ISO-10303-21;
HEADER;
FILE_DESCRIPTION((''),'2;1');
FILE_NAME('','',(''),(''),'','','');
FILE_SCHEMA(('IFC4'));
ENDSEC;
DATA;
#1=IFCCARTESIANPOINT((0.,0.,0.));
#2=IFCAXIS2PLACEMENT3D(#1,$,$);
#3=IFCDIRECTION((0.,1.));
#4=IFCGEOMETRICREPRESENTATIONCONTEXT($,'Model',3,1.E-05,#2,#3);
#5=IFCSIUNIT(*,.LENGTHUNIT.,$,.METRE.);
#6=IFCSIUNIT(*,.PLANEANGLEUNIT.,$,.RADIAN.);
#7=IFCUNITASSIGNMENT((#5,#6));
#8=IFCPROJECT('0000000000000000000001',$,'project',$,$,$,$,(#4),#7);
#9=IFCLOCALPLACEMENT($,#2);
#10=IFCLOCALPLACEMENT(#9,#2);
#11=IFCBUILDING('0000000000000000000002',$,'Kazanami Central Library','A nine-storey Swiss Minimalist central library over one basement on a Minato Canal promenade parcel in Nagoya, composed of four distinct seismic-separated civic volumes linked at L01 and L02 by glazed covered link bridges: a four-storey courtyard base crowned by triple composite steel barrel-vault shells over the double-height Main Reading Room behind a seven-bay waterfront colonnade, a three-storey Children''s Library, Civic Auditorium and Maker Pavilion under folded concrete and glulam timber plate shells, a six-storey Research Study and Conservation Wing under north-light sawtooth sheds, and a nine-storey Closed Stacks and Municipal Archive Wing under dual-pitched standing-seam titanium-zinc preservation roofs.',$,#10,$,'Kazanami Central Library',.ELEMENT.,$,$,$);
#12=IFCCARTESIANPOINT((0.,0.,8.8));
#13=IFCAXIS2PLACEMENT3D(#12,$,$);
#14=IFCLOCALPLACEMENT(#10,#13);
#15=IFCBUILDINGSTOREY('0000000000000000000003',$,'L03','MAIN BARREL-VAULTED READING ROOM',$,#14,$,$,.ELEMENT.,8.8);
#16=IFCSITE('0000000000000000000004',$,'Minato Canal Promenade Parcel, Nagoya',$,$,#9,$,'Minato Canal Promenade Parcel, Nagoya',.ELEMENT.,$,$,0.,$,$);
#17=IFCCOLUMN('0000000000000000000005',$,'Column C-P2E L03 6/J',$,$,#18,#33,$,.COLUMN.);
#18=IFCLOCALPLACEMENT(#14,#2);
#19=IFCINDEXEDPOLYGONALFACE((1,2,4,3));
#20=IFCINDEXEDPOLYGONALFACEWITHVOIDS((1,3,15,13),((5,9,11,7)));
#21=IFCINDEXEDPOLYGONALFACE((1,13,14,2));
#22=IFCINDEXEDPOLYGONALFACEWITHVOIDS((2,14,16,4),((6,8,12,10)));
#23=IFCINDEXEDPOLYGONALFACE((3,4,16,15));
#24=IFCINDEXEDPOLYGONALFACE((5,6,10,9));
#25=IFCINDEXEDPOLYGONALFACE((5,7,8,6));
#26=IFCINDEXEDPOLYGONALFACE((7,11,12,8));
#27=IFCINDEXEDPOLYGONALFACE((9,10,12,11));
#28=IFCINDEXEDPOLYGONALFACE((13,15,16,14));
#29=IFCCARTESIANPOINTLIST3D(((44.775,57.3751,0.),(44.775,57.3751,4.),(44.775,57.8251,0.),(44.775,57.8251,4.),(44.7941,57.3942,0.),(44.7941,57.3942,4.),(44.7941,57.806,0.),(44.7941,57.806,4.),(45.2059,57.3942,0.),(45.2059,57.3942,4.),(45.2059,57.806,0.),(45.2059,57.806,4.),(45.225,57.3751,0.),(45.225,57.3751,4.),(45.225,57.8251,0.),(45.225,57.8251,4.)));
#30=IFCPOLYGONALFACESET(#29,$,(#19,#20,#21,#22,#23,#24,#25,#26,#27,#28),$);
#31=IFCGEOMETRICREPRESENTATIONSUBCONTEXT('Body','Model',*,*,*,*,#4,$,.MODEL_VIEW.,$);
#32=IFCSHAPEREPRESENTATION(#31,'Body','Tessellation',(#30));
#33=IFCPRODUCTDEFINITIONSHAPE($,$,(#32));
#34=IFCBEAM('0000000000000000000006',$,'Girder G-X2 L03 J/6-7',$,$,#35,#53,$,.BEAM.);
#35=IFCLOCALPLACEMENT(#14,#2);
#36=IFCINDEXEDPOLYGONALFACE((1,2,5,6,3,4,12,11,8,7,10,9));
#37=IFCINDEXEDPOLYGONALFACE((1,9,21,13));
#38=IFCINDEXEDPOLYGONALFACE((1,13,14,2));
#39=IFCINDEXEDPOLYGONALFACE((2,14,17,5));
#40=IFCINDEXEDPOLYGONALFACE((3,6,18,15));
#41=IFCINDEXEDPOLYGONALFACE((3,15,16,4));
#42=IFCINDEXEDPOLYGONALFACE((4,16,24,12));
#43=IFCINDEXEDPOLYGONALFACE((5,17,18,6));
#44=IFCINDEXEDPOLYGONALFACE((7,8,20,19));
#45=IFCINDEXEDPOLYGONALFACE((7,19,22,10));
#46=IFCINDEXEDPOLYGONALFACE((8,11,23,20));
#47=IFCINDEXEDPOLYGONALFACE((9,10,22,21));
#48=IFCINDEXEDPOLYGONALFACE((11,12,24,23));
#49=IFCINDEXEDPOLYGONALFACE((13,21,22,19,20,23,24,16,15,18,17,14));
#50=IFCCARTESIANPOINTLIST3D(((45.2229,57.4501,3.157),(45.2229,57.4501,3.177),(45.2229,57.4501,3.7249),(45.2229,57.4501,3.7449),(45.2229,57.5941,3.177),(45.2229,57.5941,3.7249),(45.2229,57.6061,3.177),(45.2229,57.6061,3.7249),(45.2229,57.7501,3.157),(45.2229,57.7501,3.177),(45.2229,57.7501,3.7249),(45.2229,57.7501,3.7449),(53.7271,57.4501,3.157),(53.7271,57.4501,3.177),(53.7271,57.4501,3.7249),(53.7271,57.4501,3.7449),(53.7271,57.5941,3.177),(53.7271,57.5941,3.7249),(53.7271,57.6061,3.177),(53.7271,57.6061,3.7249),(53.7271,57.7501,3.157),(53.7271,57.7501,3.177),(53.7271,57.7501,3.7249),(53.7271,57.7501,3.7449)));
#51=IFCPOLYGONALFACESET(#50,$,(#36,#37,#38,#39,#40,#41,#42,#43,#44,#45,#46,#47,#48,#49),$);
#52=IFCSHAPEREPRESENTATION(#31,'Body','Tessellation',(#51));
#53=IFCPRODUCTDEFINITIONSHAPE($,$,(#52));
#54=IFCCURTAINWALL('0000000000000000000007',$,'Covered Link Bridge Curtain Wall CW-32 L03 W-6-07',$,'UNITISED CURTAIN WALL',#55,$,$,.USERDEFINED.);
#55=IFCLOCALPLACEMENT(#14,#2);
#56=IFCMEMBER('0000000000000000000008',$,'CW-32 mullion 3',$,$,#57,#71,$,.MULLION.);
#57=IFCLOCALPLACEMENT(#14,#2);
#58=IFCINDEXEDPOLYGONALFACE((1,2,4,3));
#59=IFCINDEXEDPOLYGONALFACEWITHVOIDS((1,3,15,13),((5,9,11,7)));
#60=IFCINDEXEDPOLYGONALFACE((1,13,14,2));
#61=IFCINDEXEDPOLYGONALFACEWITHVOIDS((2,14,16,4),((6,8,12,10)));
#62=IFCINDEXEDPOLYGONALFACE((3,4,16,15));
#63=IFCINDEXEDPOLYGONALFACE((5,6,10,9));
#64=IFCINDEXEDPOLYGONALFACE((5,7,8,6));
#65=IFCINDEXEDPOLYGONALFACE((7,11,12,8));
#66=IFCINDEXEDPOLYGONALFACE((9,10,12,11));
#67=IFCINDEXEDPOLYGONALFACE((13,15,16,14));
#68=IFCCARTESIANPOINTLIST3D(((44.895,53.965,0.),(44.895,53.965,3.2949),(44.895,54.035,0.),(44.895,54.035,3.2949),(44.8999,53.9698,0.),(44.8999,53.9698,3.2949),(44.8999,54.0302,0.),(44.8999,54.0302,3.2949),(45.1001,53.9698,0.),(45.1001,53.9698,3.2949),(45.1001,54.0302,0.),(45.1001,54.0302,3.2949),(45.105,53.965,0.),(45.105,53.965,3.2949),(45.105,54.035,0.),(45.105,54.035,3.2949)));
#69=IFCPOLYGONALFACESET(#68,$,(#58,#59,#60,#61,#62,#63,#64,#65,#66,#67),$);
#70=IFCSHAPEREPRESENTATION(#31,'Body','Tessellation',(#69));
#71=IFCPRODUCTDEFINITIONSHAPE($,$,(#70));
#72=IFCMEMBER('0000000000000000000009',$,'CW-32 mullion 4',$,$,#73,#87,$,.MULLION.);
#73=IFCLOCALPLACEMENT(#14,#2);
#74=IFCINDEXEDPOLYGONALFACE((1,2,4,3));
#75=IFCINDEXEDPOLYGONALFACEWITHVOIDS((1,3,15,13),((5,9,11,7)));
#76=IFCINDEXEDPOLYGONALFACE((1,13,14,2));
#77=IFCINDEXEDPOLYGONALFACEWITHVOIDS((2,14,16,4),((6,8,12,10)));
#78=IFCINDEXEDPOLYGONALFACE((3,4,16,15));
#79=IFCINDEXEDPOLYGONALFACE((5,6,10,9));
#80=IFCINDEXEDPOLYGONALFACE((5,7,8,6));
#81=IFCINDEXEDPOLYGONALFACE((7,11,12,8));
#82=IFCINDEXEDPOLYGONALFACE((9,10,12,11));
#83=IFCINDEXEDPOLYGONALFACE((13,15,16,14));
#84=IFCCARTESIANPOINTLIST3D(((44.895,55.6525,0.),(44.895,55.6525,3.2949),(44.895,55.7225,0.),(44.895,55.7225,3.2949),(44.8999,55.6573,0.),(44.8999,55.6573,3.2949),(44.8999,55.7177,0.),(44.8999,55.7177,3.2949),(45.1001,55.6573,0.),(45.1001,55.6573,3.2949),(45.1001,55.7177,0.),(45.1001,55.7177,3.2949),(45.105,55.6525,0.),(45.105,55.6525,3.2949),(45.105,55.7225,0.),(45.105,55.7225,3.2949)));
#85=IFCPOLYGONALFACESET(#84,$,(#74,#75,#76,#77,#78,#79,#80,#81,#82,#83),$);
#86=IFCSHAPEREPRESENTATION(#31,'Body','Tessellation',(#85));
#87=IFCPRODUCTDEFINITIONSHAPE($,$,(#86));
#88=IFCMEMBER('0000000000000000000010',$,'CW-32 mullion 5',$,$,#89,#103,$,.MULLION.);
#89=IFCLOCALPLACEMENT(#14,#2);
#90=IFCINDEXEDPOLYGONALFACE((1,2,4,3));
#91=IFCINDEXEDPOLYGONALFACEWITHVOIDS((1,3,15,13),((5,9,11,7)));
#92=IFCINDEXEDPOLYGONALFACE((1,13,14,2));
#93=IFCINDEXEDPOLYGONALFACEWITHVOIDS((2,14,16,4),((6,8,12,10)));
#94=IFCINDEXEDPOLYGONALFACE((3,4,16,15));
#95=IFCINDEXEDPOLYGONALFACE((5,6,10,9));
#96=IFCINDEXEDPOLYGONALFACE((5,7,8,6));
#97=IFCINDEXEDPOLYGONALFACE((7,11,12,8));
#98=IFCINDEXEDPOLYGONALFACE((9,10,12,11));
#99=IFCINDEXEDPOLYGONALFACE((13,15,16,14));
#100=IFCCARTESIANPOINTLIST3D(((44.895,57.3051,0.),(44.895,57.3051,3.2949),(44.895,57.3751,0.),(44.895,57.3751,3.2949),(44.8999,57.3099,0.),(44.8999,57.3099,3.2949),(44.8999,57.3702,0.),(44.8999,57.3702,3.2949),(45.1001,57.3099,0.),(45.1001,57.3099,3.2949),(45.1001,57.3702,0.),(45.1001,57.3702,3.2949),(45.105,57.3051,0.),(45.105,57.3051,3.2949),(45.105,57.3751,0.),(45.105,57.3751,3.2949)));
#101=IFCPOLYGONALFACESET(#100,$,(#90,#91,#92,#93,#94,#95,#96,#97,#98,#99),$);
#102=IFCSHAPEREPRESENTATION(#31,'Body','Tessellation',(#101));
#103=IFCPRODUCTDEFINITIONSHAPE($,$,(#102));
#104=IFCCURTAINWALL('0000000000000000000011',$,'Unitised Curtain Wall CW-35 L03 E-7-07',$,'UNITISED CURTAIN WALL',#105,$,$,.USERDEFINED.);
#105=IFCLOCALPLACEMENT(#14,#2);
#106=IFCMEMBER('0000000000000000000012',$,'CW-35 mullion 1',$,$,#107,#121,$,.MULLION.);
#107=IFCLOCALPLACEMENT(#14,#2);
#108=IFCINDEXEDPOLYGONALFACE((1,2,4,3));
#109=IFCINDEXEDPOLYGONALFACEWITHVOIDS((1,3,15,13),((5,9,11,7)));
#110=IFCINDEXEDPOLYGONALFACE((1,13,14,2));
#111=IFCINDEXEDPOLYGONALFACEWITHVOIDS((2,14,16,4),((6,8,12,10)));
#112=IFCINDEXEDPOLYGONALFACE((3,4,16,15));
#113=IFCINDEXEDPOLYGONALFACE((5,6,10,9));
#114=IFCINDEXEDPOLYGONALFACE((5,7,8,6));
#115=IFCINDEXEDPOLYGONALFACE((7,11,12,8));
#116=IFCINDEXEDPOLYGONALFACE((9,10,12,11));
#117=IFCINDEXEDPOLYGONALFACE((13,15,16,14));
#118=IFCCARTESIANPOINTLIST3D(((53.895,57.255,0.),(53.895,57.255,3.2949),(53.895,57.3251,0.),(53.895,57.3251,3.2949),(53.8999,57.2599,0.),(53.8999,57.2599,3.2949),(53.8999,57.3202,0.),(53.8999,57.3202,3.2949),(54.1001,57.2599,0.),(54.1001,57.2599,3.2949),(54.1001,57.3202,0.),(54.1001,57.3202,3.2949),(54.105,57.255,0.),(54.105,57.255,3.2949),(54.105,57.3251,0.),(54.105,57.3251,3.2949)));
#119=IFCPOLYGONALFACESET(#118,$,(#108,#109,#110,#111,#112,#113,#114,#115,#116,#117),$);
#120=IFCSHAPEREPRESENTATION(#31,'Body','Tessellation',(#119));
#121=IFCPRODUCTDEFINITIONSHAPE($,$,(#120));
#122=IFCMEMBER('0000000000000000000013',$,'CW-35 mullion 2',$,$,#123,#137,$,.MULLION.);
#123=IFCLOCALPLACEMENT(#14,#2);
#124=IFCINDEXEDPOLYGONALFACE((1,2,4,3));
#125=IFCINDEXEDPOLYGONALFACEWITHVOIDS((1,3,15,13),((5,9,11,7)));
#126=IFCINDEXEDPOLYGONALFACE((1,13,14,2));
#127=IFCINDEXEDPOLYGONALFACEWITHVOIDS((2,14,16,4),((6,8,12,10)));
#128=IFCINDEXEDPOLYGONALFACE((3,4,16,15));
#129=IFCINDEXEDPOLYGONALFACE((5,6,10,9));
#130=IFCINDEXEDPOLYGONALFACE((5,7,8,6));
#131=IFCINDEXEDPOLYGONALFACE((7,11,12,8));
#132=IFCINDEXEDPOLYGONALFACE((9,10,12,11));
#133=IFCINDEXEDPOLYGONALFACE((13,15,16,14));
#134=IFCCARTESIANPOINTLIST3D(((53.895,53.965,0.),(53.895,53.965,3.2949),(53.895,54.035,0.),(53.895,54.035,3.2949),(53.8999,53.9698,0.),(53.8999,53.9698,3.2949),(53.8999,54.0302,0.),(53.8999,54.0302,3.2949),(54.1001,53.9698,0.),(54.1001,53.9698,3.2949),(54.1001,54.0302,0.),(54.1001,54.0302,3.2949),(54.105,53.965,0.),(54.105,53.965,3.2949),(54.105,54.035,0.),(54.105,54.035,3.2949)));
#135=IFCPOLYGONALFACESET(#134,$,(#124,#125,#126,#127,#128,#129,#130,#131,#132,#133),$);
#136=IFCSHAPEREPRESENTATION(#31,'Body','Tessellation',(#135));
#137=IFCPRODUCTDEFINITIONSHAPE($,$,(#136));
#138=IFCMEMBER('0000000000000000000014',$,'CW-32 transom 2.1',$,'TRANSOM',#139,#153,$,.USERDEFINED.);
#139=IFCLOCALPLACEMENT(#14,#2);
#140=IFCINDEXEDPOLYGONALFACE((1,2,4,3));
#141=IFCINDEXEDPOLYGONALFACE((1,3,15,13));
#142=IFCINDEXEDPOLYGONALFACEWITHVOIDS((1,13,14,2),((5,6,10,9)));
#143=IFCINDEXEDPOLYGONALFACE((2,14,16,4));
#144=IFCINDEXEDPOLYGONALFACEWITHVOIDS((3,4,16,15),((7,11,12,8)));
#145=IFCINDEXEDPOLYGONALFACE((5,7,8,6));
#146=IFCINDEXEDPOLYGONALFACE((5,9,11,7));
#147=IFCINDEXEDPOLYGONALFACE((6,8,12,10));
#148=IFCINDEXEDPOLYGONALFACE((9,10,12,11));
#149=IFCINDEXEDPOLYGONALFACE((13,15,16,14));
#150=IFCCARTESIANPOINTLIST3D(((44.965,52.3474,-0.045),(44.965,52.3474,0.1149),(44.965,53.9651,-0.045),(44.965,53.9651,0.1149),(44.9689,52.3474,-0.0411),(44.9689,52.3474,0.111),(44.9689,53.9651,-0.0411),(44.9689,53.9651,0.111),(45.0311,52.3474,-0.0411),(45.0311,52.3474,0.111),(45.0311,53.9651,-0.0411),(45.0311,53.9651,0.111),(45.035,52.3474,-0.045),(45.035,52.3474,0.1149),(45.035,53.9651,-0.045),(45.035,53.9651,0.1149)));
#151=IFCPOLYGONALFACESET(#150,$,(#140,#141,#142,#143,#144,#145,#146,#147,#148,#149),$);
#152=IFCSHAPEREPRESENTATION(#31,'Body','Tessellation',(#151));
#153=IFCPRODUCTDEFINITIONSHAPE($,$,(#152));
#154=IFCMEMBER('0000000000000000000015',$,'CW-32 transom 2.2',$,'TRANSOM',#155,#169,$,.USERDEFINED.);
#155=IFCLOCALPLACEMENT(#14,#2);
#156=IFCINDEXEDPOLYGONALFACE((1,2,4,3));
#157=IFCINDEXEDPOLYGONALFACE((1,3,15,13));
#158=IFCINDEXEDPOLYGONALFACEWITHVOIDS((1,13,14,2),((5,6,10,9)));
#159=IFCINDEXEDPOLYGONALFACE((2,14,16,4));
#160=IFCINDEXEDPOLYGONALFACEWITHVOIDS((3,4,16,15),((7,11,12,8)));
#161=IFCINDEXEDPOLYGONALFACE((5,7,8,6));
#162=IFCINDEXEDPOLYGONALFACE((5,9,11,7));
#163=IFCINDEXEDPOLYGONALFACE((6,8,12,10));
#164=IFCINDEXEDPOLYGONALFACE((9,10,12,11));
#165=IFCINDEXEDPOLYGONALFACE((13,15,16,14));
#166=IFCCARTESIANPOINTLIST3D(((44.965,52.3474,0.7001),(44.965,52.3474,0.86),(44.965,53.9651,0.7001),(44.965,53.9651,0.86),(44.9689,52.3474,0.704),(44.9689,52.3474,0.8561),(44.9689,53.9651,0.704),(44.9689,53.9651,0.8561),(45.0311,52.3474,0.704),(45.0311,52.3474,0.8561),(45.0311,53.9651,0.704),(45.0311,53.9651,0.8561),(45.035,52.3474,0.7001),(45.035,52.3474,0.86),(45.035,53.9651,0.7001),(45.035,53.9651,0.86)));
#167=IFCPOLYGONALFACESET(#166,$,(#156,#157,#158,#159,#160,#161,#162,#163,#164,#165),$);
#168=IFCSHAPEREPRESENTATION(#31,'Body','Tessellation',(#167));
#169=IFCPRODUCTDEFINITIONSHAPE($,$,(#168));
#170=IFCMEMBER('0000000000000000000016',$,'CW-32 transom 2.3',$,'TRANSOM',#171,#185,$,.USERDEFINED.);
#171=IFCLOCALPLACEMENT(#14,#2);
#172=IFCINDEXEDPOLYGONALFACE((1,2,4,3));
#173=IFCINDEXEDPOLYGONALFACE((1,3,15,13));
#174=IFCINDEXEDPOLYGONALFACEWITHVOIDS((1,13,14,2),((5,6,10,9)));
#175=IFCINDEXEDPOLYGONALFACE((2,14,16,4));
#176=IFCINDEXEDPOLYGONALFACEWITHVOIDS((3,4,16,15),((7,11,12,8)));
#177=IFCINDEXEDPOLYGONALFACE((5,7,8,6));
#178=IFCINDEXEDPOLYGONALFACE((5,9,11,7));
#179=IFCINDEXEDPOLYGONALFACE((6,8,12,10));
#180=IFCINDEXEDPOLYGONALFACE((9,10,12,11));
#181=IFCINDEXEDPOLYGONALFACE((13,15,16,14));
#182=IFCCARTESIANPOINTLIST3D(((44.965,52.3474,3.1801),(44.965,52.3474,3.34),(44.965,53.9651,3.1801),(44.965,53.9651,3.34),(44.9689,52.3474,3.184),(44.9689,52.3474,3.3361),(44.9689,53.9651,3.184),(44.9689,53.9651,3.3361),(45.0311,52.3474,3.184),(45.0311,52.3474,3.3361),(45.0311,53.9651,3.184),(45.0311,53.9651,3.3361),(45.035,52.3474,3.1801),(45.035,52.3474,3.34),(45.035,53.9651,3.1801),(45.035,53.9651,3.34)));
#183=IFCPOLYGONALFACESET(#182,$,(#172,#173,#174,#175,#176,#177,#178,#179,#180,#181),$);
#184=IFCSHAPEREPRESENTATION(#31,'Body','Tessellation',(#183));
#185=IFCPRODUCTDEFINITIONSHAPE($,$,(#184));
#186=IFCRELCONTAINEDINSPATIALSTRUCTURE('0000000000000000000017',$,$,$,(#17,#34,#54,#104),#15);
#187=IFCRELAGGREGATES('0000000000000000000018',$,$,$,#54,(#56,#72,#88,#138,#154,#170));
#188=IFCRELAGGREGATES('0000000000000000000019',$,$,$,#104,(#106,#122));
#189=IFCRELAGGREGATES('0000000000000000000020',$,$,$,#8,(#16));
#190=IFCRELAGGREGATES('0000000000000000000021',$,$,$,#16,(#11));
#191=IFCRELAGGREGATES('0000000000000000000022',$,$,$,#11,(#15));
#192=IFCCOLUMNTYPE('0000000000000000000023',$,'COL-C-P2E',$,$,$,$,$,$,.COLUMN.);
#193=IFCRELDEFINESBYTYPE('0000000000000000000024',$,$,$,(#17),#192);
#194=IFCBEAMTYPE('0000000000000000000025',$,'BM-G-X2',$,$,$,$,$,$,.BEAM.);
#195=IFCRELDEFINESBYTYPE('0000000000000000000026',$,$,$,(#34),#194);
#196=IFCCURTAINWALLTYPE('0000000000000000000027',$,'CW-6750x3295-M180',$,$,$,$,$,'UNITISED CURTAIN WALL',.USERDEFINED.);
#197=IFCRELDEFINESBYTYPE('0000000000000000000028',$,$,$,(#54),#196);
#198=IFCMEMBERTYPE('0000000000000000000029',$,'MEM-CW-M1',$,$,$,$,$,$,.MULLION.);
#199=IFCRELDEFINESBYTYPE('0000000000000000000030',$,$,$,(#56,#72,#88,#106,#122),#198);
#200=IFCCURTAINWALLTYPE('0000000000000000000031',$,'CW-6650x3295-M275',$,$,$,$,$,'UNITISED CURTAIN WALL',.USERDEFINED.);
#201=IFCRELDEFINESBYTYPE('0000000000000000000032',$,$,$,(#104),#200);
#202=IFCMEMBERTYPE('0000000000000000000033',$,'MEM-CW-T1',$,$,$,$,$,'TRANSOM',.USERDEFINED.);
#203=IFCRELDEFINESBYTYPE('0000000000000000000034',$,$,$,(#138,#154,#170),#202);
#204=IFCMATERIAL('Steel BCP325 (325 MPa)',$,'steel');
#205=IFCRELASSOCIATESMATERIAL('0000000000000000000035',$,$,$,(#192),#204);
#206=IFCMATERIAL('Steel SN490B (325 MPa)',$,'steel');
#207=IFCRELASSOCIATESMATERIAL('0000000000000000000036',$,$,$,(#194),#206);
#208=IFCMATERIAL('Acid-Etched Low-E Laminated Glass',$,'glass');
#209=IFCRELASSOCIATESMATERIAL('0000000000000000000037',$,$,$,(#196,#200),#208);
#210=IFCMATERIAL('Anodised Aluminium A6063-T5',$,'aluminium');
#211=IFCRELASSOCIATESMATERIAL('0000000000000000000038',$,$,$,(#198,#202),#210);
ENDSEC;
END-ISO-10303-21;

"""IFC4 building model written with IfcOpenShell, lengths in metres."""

from ifc_helpers import new_model, si_unit, direction, frame, origin, origin_2d, place, context, subcontext, project, spatial, hollow_rectangle, i_section, extrude, material, material_profile, profile_set, type_object, element, aggregate, save


model = new_model("IFC4")

# Units and contexts
model_context = context("Model", 3, precision=1e-05, world=origin(), true_north=direction((0.0, 1.0)))
body_context = subcontext(model_context, "Body", "Model", "MODEL_VIEW")
ifc_project = project(units=[si_unit("LENGTHUNIT", "METRE"), si_unit("PLANEANGLEUNIT", "RADIAN")], contexts=[model_context])

# Site, building, storey
site_placement = place(None, origin())
site = spatial("IfcSite", under=ifc_project, at=site_placement, Name="Minato Canal Promenade Parcel, Nagoya", LongName="Minato Canal Promenade Parcel, Nagoya", CompositionType="ELEMENT", RefElevation=0.0)
building_placement = place(site_placement, origin())
building = spatial("IfcBuilding", under=site, at=building_placement, Name="Kazanami Central Library", Description="A nine-storey Swiss Minimalist central library over one basement on a Minato Canal promenade parcel in Nagoya, composed of four distinct seismic-separated civic volumes linked at L01 and L02 by glazed covered link bridges: a four-storey courtyard base crowned by triple composite steel barrel-vault shells over the double-height Main Reading Room behind a seven-bay waterfront colonnade, a three-storey Children's Library, Civic Auditorium and Maker Pavilion under folded concrete and glulam timber plate shells, a six-storey Research Study and Conservation Wing under north-light sawtooth sheds, and a nine-storey Closed Stacks and Municipal Archive Wing under dual-pitched standing-seam titanium-zinc preservation roofs.", LongName="Kazanami Central Library", CompositionType="ELEMENT")
storey_placement = place(building_placement, frame((0.0, 0.0, 8.8)))
storey = spatial("IfcBuildingStorey", under=building, at=storey_placement, Name="L03", Description="MAIN BARREL-VAULTED READING ROOM", CompositionType="ELEMENT", Elevation=8.8)

# Column
ifc_material_1 = material(Name="Steel BCP325 (325 MPa)", Category="steel")
ifc_material_profile_1 = material_profile(ifc_material_1, hollow_rectangle(XDim=0.45, YDim=0.45, WallThickness=0.019, at=origin_2d()), Name="BCP-450x450x19")
ifc_profile_set_1 = profile_set([ifc_material_profile_1], Name="Steel BCP325 (325 MPa)")
column_type = type_object("IfcColumnType", Name="COL-C-P2E", PredefinedType="COLUMN", material=ifc_profile_set_1)
column_placement = place(storey_placement, frame((45.0, 57.6001, 0.0), z_axis=(0.0, 0.0, 1.0), x_axis=(1.0, 0.0, 0.0)))
element("IfcColumn", 1, at=column_placement, inside=storey, type_object=column_type, Name="Column C-P2E L03 6/J", PredefinedType="COLUMN", context=body_context, shape_type="SweptSolid", body=[
    extrude(hollow_rectangle(XDim=0.45, YDim=0.45, WallThickness=0.019, at=origin_2d()), origin(), (0.0, 0.0, 1.0), 4.0),
])

# Beam
ifc_material_2 = material(Name="Steel SN490B (325 MPa)", Category="steel")
ifc_material_profile_2 = material_profile(ifc_material_2, i_section(OverallWidth=0.3, OverallDepth=0.5879, WebThickness=0.012, FlangeThickness=0.02, at=origin_2d()), Name="H-588x300x12x20")
ifc_profile_set_2 = profile_set([ifc_material_profile_2], Name="Steel SN490B (325 MPa)")
beam_type = type_object("IfcBeamType", Name="BM-G-X2", PredefinedType="BEAM", material=ifc_profile_set_2)
beam_placement = place(storey_placement, frame((45.2229, 57.6001, 3.4509), z_axis=(1.0, 0.0, 0.0), x_axis=(0.0, 1.0, 0.0)))
element("IfcBeam", 2, at=beam_placement, inside=storey, type_object=beam_type, Name="Girder G-X2 L03 J/6-7", PredefinedType="BEAM", context=body_context, shape_type="SweptSolid", body=[
    extrude(i_section(OverallWidth=0.3, OverallDepth=0.5879, WebThickness=0.012, FlangeThickness=0.02, at=origin_2d()), origin(), (0.0, 0.0, 1.0), 8.5042),
])

# Curtain walls, members
ifc_material_3 = material(Name="Acid-Etched Low-E Laminated Glass", Category="glass")
curtain_wall_type_1 = type_object("IfcCurtainWallType", Name="CW-6750x3295-M180", ElementType="UNITISED CURTAIN WALL", PredefinedType="USERDEFINED", material=ifc_material_3)
curtain_wall_1_placement = place(storey_placement, origin())
curtain_wall_1 = element("IfcCurtainWall", 3, at=curtain_wall_1_placement, inside=storey, type_object=curtain_wall_type_1, Name="Covered Link Bridge Curtain Wall CW-32 L03 W-6-07", ObjectType="UNITISED CURTAIN WALL", PredefinedType="USERDEFINED")
ifc_material_4 = material(Name="Anodised Aluminium A6063-T5", Category="aluminium")
ifc_material_profile_3 = material_profile(ifc_material_4, hollow_rectangle(XDim=0.0701, YDim=0.21, WallThickness=0.0049, at=origin_2d()), Name="ALU-MULL-70x210x5")
ifc_profile_set_3 = profile_set([ifc_material_profile_3], Name="Anodised Aluminium A6063-T5")
member_type_1 = type_object("IfcMemberType", Name="MEM-CW-M1", PredefinedType="MULLION", material=ifc_profile_set_3)
member_1_placement = place(storey_placement, frame((45.0, 54.0, 0.0), z_axis=(0.0, 0.0, 1.0), x_axis=(0.0, 1.0, 0.0)))
member_1 = element("IfcMember", 4, at=member_1_placement, type_object=member_type_1, Name="CW-32 mullion 3", PredefinedType="MULLION", context=body_context, shape_type="SweptSolid", body=[
    extrude(hollow_rectangle(XDim=0.0701, YDim=0.21, WallThickness=0.0049, at=origin_2d()), origin(), (0.0, 0.0, 1.0), 3.2949),
])
member_2_placement = place(storey_placement, frame((45.0, 55.6875, 0.0), z_axis=(0.0, 0.0, 1.0), x_axis=(0.0, 1.0, 0.0)))
member_2 = element("IfcMember", 5, at=member_2_placement, type_object=member_type_1, Name="CW-32 mullion 4", PredefinedType="MULLION", context=body_context, shape_type="SweptSolid", body=[
    extrude(hollow_rectangle(XDim=0.0701, YDim=0.21, WallThickness=0.0049, at=origin_2d()), origin(), (0.0, 0.0, 1.0), 3.2949),
])
member_3_placement = place(storey_placement, frame((45.0, 57.3401, 0.0), z_axis=(0.0, 0.0, 1.0), x_axis=(0.0, 1.0, 0.0)))
member_3 = element("IfcMember", 6, at=member_3_placement, type_object=member_type_1, Name="CW-32 mullion 5", PredefinedType="MULLION", context=body_context, shape_type="SweptSolid", body=[
    extrude(hollow_rectangle(XDim=0.0701, YDim=0.21, WallThickness=0.0049, at=origin_2d()), origin(), (0.0, 0.0, 1.0), 3.2949),
])
curtain_wall_type_2 = type_object("IfcCurtainWallType", Name="CW-6650x3295-M275", ElementType="UNITISED CURTAIN WALL", PredefinedType="USERDEFINED", material=ifc_material_3)
curtain_wall_2_placement = place(storey_placement, origin())
curtain_wall_2 = element("IfcCurtainWall", 7, at=curtain_wall_2_placement, inside=storey, type_object=curtain_wall_type_2, Name="Unitised Curtain Wall CW-35 L03 E-7-07", ObjectType="UNITISED CURTAIN WALL", PredefinedType="USERDEFINED")
member_4_placement = place(storey_placement, frame((54.0, 57.29, 0.0), z_axis=(0.0, 0.0, 1.0), x_axis=(0.0, -1.0, 0.0)))
member_4 = element("IfcMember", 8, at=member_4_placement, type_object=member_type_1, Name="CW-35 mullion 1", PredefinedType="MULLION", context=body_context, shape_type="SweptSolid", body=[
    extrude(hollow_rectangle(XDim=0.0701, YDim=0.21, WallThickness=0.0049, at=origin_2d()), origin(), (0.0, 0.0, 1.0), 3.2949),
])
member_5_placement = place(storey_placement, frame((54.0, 54.0, 0.0), z_axis=(0.0, 0.0, 1.0), x_axis=(0.0, -1.0, 0.0)))
member_5 = element("IfcMember", 9, at=member_5_placement, type_object=member_type_1, Name="CW-35 mullion 2", PredefinedType="MULLION", context=body_context, shape_type="SweptSolid", body=[
    extrude(hollow_rectangle(XDim=0.0701, YDim=0.21, WallThickness=0.0049, at=origin_2d()), origin(), (0.0, 0.0, 1.0), 3.2949),
])

# Members
ifc_material_profile_4 = material_profile(ifc_material_4, hollow_rectangle(XDim=0.0701, YDim=0.1599, WallThickness=0.0039, at=origin_2d()), Name="ALU-TRAN-70x160x4")
ifc_profile_set_4 = profile_set([ifc_material_profile_4], Name="Anodised Aluminium A6063-T5")
member_type_2 = type_object("IfcMemberType", Name="MEM-CW-T1", ElementType="TRANSOM", PredefinedType="USERDEFINED", material=ifc_profile_set_4)
member_6_placement = place(storey_placement, frame((45.0, 52.3474, 0.0349), z_axis=(0.0, 1.0, 0.0), x_axis=(-1.0, 0.0, 0.0)))
member_6 = element("IfcMember", 10, at=member_6_placement, type_object=member_type_2, Name="CW-32 transom 2.1", ObjectType="TRANSOM", PredefinedType="USERDEFINED", context=body_context, shape_type="SweptSolid", body=[
    extrude(hollow_rectangle(XDim=0.0701, YDim=0.1599, WallThickness=0.0039, at=origin_2d()), origin(), (0.0, 0.0, 1.0), 1.6177),
])
member_7_placement = place(storey_placement, frame((45.0, 52.3474, 0.78), z_axis=(0.0, 1.0, 0.0), x_axis=(-1.0, 0.0, 0.0)))
member_7 = element("IfcMember", 11, at=member_7_placement, type_object=member_type_2, Name="CW-32 transom 2.2", ObjectType="TRANSOM", PredefinedType="USERDEFINED", context=body_context, shape_type="SweptSolid", body=[
    extrude(hollow_rectangle(XDim=0.0701, YDim=0.1599, WallThickness=0.0039, at=origin_2d()), origin(), (0.0, 0.0, 1.0), 1.6177),
])
member_8_placement = place(storey_placement, frame((45.0, 52.3474, 3.26), z_axis=(0.0, 1.0, 0.0), x_axis=(-1.0, 0.0, 0.0)))
member_8 = element("IfcMember", 12, at=member_8_placement, type_object=member_type_2, Name="CW-32 transom 2.3", ObjectType="TRANSOM", PredefinedType="USERDEFINED", context=body_context, shape_type="SweptSolid", body=[
    extrude(hollow_rectangle(XDim=0.0701, YDim=0.1599, WallThickness=0.0039, at=origin_2d()), origin(), (0.0, 0.0, 1.0), 1.6177),
])

aggregate(curtain_wall_1, [member_1, member_2, member_3, member_6, member_7, member_8])
aggregate(curtain_wall_2, [member_4, member_5])

save(model, "model.ifc")
